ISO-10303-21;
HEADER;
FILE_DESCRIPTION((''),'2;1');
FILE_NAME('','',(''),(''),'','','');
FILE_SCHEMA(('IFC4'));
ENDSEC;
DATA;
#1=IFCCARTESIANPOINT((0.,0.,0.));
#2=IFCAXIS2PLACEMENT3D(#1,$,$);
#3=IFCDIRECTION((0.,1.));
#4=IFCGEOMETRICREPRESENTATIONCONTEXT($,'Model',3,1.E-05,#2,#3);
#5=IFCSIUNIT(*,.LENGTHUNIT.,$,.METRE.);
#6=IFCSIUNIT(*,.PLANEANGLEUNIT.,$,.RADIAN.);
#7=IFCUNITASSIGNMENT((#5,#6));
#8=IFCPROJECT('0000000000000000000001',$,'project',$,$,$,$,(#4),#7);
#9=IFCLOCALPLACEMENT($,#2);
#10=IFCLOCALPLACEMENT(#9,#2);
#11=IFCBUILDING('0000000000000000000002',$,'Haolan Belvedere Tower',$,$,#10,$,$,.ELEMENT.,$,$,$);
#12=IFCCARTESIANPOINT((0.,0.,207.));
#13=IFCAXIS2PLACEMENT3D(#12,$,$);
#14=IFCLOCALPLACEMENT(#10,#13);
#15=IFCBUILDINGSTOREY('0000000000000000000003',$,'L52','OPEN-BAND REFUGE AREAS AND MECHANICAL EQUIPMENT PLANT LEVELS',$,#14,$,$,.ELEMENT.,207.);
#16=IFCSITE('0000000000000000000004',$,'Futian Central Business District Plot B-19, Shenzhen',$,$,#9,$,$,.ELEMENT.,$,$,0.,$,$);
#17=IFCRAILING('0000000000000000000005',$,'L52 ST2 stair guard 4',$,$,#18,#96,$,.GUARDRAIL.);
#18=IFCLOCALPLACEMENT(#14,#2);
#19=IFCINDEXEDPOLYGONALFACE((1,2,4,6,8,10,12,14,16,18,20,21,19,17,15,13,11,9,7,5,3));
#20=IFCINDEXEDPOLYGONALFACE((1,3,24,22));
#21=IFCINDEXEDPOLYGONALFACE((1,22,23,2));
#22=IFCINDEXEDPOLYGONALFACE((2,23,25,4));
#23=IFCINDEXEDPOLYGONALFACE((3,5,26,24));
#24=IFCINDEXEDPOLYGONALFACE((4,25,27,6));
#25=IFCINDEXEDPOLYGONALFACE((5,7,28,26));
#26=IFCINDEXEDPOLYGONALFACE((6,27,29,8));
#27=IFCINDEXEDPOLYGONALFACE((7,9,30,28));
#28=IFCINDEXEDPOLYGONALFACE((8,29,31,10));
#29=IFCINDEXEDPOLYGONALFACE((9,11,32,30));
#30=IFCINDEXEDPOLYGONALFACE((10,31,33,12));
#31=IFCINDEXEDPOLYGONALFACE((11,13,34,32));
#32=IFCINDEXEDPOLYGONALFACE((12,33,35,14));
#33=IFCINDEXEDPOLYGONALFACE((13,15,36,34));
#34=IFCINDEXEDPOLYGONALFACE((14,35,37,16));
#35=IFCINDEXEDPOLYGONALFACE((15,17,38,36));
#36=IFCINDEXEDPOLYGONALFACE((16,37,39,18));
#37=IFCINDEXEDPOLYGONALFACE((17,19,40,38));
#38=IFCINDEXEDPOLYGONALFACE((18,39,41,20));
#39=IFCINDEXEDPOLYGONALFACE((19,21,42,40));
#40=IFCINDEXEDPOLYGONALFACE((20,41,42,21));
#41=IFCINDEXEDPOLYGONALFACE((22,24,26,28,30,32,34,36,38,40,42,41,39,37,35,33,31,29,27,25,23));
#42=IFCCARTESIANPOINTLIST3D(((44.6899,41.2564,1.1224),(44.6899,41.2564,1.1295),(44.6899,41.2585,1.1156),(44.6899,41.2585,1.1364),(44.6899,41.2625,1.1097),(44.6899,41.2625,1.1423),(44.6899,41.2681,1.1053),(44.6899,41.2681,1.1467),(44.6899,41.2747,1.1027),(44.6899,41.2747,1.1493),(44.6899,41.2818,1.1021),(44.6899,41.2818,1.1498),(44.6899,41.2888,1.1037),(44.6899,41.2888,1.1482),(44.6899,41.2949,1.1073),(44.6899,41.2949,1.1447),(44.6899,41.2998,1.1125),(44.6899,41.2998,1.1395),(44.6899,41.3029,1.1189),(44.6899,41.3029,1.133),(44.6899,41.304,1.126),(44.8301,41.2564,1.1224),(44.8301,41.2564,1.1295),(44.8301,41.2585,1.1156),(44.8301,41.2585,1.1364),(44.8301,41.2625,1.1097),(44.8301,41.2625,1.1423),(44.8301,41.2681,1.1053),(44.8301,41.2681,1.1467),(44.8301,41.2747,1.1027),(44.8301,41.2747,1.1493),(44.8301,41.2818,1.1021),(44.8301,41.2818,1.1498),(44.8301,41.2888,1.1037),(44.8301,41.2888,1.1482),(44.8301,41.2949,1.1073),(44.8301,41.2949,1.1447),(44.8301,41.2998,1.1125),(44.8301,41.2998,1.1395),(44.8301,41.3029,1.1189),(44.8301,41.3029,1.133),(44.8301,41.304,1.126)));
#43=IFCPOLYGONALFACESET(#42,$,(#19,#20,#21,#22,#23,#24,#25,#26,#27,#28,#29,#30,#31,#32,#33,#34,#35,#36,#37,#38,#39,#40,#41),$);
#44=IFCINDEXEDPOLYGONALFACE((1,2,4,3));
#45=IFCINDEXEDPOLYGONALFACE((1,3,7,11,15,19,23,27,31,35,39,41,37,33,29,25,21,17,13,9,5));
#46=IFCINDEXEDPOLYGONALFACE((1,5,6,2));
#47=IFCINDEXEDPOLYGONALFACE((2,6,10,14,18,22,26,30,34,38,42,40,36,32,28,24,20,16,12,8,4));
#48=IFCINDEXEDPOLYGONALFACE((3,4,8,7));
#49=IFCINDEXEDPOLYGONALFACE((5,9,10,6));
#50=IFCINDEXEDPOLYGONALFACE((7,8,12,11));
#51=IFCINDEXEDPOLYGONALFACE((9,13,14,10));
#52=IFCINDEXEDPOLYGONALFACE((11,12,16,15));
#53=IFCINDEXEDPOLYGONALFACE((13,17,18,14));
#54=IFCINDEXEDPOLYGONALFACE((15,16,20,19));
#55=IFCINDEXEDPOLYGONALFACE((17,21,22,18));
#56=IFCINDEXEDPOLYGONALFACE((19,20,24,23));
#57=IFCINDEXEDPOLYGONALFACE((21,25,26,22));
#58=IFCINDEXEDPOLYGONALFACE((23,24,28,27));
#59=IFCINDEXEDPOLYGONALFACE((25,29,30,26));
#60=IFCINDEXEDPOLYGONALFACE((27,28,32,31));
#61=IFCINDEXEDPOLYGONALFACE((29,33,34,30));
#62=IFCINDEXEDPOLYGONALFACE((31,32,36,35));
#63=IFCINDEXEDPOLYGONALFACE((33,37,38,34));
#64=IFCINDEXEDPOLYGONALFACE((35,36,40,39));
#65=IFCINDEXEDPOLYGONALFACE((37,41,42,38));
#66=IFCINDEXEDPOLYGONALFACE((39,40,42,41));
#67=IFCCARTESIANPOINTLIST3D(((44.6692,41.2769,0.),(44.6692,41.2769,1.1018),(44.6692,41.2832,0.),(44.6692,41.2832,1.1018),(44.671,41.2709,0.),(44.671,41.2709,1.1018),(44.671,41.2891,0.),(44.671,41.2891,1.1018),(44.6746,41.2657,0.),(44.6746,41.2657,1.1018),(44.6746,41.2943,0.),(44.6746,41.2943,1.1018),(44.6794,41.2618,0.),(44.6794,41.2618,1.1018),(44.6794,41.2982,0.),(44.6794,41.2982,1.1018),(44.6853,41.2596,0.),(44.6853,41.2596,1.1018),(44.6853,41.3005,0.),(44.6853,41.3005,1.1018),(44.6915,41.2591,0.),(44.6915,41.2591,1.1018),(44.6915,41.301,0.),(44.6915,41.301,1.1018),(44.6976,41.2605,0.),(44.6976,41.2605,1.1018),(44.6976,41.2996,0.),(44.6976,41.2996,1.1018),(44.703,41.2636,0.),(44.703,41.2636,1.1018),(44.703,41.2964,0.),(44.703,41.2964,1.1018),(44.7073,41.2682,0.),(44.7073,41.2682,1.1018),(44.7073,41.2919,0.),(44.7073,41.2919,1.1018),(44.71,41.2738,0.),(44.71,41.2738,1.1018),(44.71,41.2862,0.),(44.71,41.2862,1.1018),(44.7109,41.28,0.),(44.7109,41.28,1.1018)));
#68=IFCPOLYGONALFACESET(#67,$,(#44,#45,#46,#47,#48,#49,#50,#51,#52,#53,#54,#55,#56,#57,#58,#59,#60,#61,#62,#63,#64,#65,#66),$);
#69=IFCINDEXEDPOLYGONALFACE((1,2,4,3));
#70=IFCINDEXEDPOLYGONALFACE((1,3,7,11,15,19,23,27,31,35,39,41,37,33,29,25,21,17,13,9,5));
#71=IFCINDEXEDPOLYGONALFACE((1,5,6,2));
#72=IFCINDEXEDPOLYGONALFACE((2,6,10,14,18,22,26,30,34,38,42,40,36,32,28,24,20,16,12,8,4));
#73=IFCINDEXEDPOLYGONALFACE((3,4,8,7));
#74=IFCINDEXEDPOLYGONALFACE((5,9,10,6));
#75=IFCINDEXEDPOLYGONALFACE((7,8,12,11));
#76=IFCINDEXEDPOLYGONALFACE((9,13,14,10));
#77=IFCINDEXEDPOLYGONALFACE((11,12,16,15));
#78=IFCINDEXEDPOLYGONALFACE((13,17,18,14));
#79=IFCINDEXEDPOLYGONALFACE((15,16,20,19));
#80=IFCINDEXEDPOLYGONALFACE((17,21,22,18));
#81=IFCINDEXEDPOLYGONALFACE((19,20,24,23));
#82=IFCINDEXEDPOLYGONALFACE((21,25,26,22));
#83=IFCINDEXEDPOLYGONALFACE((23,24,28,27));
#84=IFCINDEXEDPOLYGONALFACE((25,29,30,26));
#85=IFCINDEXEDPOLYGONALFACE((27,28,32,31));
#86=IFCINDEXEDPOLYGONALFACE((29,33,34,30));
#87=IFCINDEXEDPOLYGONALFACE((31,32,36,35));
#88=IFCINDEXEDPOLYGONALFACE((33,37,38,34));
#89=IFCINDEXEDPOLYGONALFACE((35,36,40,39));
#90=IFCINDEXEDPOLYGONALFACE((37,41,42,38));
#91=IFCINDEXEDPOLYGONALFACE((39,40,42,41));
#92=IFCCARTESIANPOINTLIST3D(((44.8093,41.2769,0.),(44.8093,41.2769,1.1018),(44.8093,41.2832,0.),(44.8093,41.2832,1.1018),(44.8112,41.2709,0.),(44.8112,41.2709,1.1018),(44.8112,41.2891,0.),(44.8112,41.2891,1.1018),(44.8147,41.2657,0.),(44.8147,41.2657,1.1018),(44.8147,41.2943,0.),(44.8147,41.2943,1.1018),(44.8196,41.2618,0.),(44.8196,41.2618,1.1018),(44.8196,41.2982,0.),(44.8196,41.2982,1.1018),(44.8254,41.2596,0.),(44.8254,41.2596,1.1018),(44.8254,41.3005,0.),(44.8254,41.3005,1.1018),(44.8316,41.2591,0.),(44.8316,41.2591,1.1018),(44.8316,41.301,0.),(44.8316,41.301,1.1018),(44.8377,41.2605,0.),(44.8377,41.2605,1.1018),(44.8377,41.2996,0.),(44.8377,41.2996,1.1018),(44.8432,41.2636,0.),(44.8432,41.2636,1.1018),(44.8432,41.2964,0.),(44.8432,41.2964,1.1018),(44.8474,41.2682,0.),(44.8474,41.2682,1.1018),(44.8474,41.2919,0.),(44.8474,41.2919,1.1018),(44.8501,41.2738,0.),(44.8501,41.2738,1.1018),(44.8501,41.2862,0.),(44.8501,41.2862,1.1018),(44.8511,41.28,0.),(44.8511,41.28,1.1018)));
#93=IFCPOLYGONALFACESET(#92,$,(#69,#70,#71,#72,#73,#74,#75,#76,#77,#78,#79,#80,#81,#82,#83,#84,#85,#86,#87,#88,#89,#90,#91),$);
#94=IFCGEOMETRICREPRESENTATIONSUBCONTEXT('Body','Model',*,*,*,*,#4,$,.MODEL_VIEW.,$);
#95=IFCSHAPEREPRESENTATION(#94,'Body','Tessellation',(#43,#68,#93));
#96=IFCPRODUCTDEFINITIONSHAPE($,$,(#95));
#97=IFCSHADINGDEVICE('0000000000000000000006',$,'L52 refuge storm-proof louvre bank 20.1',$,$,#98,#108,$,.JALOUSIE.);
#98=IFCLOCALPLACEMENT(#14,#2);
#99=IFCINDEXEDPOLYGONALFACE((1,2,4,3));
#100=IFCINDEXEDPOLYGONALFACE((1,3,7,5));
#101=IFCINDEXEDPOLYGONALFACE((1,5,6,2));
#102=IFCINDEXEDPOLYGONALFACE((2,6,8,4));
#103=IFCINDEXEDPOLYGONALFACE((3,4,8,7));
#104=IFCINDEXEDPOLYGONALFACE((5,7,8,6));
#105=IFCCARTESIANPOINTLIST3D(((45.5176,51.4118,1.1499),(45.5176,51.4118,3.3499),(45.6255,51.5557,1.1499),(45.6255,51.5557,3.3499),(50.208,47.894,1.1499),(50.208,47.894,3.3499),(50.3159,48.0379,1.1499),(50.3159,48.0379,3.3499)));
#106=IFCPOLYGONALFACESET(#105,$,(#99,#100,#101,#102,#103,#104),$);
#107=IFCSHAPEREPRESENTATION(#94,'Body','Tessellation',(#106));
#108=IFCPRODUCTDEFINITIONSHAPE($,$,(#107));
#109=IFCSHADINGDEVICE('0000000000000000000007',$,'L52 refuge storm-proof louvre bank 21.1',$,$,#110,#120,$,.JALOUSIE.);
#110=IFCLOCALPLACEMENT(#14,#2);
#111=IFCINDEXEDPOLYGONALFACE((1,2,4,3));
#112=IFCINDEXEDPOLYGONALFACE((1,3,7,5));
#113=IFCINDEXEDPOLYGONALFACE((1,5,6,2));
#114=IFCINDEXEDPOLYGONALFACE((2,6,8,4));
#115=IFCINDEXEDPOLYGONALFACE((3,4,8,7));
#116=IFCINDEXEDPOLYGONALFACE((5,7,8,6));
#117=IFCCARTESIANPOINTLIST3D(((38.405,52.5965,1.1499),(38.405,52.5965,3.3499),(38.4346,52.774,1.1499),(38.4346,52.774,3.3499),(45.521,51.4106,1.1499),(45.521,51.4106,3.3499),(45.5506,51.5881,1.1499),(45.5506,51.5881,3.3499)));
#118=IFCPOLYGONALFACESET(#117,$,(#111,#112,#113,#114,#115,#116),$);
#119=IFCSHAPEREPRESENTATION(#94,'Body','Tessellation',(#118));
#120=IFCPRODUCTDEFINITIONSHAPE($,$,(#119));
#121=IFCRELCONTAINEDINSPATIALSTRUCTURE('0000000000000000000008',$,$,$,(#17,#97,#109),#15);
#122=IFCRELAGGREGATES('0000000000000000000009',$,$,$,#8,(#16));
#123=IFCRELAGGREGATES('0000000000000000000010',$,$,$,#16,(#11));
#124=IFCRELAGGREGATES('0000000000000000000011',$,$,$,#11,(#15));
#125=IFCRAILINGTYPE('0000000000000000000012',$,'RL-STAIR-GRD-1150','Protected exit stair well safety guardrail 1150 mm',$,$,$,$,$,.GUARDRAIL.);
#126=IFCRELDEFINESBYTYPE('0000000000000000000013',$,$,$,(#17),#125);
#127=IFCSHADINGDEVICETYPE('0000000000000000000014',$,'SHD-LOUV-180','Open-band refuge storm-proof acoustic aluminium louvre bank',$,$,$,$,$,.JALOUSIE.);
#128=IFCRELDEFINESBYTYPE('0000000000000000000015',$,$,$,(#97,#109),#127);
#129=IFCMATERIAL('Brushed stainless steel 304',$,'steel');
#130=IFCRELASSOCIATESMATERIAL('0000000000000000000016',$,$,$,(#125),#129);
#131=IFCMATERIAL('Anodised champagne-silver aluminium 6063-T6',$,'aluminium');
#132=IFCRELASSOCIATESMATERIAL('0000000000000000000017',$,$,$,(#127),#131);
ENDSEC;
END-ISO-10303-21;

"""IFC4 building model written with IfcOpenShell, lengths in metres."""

from ifc_helpers import new_model, si_unit, direction, frame, origin, origin_2d, place, context, subcontext, project, spatial, rectangle, circle, extrude, material, type_object, element, save


model = new_model("IFC4")

# Units and contexts
model_context = context("Model", 3, precision=1e-05, world=origin(), true_north=direction((0.0, 1.0)))
body_context = subcontext(model_context, "Body", "Model", "MODEL_VIEW")
ifc_project = project(units=[si_unit("LENGTHUNIT", "METRE"), si_unit("PLANEANGLEUNIT", "RADIAN")], contexts=[model_context])

# Site, building, storey
site_placement = place(None, origin())
site = spatial("IfcSite", under=ifc_project, at=site_placement, Name="Futian Central Business District Plot B-19, Shenzhen", CompositionType="ELEMENT", RefElevation=0.0)
building_placement = place(site_placement, origin())
building = spatial("IfcBuilding", under=site, at=building_placement, Name="Haolan Belvedere Tower", CompositionType="ELEMENT")
storey_placement = place(building_placement, frame((0.0, 0.0, 207.0)))
storey = spatial("IfcBuildingStorey", under=building, at=storey_placement, Name="L52", Description="OPEN-BAND REFUGE AREAS AND MECHANICAL EQUIPMENT PLANT LEVELS", CompositionType="ELEMENT", Elevation=207.0)

# Railing
ifc_material_1 = material(Name="Brushed stainless steel 304", Category="steel")
railing_type = type_object("IfcRailingType", Name="RL-STAIR-GRD-1150", Description="Protected exit stair well safety guardrail 1150 mm", PredefinedType="GUARDRAIL", material=ifc_material_1)
railing_1_placement = place(storey_placement, frame((44.6899, 41.28, 0.0)))
element("IfcRailing", 1, at=railing_1_placement, inside=storey, type_object=railing_type, Name="L52 ST2 stair guard 4", PredefinedType="GUARDRAIL", context=body_context, shape_type="SweptSolid", body=[
    extrude(circle(Radius=0.0239, at=origin_2d()), frame((0.0, 0.0, 1.126), z_axis=(1.0, 0.0, 0.0), x_axis=(0.0, 1.0, 0.0)), (0.0, 0.0, 1.0), 0.1401),
    extrude(circle(Radius=0.021, at=origin_2d()), origin(), (0.0, 0.0, 1.0), 1.1018),
    extrude(circle(Radius=0.021, at=origin_2d()), frame((0.1401, 0.0, 0.0)), (0.0, 0.0, 1.0), 1.1018),
])

# Shading devices
ifc_material_2 = material(Name="Anodised champagne-silver aluminium 6063-T6", Category="aluminium")
shading_device_type = type_object("IfcShadingDeviceType", Name="SHD-LOUV-180", Description="Open-band refuge storm-proof acoustic aluminium louvre bank", PredefinedType="JALOUSIE", material=ifc_material_2)
shading_device_1_placement = place(storey_placement, frame((47.9167, 49.7249, 1.1499), z_axis=(0.0, 0.0, 1.0), x_axis=(-0.799999, 0.600001, 0.0)))
element("IfcShadingDevice", 2, at=shading_device_1_placement, inside=storey, type_object=shading_device_type, Name="L52 refuge storm-proof louvre bank 20.1", PredefinedType="JALOUSIE", context=body_context, shape_type="SweptSolid", body=[
    extrude(rectangle(XDim=5.863, YDim=0.1799, at=origin_2d()), origin(), (0.0, 0.0, 1.0), 2.2),
])
shading_device_2_placement = place(storey_placement, frame((41.9778, 52.0923, 1.1499), z_axis=(0.0, 0.0, 1.0), x_axis=(-0.986395, 0.164393, 0.0)))
element("IfcShadingDevice", 3, at=shading_device_2_placement, inside=storey, type_object=shading_device_type, Name="L52 refuge storm-proof louvre bank 21.1", PredefinedType="JALOUSIE", context=body_context, shape_type="SweptSolid", body=[
    extrude(rectangle(XDim=7.2141, YDim=0.1799, at=origin_2d()), origin(), (0.0, 0.0, 1.0), 2.2),
])

save(model, "model.ifc")
